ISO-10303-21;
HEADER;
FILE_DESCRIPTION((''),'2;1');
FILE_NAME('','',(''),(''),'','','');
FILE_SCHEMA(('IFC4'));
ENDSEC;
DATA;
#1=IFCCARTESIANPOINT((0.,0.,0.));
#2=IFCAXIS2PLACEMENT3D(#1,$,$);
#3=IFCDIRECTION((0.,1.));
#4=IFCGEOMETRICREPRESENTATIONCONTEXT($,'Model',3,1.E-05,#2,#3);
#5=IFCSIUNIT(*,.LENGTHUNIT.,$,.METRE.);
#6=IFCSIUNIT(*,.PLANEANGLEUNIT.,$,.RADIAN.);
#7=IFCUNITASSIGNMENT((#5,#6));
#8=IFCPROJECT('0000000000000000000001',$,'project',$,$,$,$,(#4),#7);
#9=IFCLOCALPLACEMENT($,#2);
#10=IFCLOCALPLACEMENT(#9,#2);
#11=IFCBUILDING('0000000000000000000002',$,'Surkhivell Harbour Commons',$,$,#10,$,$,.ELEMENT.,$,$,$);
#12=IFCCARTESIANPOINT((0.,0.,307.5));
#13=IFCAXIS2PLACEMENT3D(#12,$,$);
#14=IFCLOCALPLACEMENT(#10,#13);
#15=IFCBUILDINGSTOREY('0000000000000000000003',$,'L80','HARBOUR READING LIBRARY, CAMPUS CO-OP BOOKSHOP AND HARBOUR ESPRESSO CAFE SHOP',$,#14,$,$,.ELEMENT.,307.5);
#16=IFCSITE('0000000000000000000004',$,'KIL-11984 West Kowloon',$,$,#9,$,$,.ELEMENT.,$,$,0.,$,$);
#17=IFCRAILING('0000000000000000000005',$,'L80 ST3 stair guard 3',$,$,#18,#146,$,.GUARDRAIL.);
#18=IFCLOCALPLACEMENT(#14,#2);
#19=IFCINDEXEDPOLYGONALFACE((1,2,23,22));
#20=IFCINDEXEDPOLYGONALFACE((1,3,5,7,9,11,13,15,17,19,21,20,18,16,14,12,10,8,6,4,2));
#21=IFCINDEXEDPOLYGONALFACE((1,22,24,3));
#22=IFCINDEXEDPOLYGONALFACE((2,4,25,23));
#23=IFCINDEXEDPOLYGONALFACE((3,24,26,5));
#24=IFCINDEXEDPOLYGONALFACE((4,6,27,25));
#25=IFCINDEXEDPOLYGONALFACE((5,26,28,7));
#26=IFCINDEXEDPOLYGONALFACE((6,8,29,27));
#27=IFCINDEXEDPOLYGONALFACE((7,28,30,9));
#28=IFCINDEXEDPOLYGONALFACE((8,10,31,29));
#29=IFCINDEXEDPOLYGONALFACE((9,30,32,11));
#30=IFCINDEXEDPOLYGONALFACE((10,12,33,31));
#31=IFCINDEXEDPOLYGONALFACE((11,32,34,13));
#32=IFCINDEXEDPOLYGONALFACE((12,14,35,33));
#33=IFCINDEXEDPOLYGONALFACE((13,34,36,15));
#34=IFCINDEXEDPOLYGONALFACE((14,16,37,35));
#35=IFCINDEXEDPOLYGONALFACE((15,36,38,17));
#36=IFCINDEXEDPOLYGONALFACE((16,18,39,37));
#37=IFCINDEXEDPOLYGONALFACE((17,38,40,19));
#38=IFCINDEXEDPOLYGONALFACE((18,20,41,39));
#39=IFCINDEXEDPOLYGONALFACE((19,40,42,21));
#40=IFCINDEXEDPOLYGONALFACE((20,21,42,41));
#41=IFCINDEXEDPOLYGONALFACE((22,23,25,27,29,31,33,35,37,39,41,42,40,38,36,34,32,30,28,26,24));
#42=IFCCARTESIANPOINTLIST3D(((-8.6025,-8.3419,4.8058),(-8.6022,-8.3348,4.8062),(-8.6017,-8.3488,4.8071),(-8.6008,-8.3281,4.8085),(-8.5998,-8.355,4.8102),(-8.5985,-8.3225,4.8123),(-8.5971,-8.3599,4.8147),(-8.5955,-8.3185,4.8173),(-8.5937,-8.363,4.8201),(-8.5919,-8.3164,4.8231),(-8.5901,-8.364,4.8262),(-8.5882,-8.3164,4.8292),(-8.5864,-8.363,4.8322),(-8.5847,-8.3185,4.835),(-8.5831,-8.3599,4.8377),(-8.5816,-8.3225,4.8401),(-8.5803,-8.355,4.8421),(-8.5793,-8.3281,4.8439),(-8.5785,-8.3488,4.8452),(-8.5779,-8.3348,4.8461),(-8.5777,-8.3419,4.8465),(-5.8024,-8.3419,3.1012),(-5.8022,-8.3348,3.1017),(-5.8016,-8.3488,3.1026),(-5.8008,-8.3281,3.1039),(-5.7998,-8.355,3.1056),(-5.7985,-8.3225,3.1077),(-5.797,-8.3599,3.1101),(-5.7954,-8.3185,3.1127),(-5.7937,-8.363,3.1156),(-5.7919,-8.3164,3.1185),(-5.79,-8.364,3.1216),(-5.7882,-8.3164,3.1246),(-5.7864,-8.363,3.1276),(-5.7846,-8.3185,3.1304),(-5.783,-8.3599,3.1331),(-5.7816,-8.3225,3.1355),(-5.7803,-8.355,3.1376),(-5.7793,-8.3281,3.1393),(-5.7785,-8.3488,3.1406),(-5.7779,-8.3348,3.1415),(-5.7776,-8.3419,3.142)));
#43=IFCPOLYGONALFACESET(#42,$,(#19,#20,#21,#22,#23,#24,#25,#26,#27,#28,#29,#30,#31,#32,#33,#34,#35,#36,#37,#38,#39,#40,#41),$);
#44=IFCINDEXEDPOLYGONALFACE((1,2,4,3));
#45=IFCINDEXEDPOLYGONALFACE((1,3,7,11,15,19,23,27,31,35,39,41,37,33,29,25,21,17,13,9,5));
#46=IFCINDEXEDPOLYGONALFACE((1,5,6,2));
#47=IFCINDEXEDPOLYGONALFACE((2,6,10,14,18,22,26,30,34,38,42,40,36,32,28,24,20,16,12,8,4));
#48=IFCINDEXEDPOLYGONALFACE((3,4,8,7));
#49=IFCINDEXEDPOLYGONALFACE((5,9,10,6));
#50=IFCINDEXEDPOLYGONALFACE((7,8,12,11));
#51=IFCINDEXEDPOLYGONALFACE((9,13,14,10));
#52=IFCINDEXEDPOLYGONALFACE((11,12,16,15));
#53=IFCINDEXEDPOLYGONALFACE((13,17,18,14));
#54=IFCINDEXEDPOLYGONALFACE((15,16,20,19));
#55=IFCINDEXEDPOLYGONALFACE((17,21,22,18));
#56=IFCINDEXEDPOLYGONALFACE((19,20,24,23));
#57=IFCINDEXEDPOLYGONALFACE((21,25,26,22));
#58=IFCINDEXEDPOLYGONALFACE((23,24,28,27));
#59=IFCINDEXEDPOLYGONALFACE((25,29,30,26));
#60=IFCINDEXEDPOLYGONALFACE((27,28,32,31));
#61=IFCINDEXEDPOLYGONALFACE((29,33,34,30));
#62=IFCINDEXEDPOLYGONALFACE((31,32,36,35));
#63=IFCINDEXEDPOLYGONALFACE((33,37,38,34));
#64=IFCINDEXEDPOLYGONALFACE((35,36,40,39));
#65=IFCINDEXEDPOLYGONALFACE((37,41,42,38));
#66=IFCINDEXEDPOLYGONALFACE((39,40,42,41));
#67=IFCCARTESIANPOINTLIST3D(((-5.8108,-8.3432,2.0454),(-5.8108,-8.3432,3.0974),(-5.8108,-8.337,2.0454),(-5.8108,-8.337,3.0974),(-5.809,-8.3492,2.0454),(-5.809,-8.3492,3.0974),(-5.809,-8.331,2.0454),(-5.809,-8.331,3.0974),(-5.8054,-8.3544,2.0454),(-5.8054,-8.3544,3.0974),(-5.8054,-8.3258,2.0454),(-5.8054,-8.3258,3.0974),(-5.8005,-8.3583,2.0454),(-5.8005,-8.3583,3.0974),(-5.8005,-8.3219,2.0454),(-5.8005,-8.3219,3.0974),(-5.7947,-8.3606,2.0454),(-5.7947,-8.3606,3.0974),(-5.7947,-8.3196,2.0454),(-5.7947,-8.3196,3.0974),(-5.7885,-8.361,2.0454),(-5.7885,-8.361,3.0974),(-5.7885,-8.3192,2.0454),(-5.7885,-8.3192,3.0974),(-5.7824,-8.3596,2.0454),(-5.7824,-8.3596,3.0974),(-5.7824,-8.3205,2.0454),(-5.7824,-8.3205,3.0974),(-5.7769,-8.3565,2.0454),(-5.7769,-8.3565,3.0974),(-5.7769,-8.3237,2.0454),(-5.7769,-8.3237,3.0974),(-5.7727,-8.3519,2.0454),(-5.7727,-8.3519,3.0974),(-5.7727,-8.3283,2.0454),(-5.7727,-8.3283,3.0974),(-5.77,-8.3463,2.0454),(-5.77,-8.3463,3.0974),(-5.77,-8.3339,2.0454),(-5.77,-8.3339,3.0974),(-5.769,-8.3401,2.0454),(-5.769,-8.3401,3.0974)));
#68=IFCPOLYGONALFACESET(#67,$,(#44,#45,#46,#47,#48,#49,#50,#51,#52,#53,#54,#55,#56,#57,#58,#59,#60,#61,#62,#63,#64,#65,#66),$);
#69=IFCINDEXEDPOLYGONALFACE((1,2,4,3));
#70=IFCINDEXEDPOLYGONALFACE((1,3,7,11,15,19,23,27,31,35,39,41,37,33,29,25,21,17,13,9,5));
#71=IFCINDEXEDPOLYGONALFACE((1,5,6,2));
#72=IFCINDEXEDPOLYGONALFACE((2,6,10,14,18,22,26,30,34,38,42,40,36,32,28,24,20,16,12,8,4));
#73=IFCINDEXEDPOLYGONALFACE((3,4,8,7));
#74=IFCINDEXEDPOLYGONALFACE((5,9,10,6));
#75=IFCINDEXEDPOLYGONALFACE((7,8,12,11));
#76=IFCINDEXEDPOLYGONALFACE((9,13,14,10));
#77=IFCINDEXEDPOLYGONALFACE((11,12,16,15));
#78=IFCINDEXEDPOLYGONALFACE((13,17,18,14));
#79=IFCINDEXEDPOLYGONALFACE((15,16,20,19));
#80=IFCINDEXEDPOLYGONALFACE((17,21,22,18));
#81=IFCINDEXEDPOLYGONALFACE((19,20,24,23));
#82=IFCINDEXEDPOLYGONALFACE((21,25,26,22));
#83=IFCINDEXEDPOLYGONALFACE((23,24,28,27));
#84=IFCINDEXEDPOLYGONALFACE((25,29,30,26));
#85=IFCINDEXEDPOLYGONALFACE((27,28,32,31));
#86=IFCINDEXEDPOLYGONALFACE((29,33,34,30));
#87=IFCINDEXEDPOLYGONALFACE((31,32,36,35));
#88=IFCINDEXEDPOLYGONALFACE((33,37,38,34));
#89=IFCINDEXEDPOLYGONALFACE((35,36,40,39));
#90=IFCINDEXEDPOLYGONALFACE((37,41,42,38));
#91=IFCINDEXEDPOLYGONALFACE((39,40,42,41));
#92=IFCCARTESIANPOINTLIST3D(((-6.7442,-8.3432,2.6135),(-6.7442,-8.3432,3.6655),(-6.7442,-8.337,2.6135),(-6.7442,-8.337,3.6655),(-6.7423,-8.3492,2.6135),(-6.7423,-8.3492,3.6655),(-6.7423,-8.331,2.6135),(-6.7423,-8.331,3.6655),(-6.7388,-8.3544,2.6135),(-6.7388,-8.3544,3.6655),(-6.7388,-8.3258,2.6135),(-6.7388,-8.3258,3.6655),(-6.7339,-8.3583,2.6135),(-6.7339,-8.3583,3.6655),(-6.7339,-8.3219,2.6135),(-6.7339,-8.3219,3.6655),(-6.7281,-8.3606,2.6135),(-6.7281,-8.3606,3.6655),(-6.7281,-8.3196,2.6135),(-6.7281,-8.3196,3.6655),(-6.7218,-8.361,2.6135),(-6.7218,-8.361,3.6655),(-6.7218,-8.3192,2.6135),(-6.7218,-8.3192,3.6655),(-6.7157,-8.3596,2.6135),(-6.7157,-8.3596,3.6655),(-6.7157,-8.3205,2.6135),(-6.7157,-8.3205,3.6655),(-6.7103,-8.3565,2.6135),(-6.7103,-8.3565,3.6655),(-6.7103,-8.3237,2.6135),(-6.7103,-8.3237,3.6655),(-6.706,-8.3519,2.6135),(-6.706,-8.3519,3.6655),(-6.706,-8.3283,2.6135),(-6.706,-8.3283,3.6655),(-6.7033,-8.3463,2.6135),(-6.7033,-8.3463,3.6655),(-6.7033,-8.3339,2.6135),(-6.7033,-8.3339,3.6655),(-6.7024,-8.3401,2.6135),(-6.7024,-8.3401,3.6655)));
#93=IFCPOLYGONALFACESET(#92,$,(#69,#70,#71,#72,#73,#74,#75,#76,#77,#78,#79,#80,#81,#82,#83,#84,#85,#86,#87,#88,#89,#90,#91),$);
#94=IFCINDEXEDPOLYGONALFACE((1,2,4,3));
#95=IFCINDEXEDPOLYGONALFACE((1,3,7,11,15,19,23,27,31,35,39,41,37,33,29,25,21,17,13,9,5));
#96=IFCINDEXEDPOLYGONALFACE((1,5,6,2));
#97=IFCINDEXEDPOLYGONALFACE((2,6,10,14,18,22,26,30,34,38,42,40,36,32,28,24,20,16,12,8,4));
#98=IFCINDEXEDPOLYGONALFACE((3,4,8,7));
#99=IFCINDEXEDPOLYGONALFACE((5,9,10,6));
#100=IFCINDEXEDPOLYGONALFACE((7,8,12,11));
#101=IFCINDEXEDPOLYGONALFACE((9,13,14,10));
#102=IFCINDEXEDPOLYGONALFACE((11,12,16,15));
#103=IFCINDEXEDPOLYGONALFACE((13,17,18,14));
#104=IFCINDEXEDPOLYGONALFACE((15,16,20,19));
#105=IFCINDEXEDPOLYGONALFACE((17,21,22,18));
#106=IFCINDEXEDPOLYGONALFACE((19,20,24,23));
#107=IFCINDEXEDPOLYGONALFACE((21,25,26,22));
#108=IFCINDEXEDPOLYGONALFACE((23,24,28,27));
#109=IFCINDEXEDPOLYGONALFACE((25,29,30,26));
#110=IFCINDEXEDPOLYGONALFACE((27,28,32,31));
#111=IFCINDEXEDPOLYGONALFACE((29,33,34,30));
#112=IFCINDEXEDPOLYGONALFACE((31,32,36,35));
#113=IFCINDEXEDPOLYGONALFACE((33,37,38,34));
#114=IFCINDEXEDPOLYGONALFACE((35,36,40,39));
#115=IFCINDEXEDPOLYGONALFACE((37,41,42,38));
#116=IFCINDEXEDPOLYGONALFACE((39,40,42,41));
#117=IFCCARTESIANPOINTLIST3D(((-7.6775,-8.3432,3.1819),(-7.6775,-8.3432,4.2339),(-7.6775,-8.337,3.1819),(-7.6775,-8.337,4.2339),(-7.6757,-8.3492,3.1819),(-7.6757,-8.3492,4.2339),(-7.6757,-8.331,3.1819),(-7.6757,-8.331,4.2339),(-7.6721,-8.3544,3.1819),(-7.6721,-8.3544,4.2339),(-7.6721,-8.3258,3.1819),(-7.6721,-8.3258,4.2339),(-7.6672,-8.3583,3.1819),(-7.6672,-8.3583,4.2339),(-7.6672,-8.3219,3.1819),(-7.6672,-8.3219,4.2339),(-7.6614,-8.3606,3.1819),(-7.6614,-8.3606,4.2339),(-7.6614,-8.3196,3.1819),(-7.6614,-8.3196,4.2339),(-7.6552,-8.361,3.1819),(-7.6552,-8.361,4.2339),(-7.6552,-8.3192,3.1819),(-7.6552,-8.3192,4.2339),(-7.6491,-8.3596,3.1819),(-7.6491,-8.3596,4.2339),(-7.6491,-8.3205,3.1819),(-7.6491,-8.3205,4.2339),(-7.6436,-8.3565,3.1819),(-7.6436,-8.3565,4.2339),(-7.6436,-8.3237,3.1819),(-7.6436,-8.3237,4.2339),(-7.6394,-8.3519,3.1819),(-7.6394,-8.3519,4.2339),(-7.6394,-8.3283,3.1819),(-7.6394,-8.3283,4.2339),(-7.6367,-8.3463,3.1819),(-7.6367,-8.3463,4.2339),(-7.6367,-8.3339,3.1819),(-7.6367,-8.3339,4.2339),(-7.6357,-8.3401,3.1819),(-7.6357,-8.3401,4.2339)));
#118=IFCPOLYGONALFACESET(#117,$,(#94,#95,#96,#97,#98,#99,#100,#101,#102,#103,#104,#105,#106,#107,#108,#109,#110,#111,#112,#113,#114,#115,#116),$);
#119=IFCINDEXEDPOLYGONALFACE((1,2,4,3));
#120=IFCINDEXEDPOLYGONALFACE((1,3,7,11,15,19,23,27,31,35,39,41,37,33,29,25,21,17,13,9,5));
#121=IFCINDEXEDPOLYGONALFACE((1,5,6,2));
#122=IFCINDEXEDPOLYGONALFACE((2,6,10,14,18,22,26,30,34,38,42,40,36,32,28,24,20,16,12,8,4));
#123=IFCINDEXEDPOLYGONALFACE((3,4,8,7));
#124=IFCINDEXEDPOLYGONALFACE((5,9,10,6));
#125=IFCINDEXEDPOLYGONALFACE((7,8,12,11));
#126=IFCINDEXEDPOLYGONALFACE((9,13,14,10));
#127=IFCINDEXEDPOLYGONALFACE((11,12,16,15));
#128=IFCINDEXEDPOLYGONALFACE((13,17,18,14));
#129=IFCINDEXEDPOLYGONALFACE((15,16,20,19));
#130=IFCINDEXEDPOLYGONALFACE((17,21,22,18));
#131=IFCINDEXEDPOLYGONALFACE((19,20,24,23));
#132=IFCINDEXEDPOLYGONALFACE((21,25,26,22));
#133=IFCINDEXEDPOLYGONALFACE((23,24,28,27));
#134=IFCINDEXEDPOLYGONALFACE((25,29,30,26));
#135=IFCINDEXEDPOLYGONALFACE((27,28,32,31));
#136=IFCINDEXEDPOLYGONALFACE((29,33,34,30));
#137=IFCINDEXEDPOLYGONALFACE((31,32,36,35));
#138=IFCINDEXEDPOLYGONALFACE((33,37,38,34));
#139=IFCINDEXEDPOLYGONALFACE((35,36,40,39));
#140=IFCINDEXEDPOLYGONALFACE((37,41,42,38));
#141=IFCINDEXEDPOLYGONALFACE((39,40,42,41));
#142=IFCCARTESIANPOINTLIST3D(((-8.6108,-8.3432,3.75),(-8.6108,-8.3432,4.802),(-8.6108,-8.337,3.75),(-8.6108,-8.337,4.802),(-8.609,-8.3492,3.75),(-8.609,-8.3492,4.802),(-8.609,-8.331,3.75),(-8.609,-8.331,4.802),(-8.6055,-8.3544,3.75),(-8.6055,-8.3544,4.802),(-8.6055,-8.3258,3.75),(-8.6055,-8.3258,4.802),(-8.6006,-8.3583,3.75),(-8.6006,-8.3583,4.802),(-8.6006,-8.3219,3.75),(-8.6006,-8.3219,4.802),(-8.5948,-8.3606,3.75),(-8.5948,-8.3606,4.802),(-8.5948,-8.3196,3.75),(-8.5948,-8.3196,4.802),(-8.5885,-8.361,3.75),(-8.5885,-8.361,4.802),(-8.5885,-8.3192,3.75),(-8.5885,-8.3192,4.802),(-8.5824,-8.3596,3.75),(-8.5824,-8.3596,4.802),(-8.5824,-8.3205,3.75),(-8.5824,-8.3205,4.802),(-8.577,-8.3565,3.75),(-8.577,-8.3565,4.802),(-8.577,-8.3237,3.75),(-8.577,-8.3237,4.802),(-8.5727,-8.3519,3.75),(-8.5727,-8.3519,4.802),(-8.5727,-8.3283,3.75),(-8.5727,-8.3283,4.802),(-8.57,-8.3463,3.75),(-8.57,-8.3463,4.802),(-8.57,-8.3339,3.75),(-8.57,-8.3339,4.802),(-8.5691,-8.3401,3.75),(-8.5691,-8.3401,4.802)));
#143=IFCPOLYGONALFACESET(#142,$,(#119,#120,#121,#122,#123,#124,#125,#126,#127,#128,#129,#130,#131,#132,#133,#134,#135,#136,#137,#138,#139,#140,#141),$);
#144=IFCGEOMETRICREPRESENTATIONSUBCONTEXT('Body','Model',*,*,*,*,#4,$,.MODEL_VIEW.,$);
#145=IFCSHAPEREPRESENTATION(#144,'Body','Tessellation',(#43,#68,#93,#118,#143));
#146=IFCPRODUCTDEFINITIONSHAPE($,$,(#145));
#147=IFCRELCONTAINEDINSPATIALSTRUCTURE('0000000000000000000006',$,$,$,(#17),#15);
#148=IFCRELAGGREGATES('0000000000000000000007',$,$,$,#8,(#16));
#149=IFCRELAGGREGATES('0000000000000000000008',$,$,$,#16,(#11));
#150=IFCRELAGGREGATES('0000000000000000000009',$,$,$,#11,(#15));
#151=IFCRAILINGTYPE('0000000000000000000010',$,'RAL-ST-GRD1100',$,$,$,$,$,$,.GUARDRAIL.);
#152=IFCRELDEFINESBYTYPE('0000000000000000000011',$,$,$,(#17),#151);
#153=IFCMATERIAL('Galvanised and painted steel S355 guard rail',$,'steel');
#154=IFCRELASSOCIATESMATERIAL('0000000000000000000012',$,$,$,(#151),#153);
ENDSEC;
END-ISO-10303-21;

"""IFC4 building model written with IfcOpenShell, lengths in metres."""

from ifc_helpers import new_model, si_unit, direction, frame, origin, origin_2d, place, context, subcontext, project, spatial, circle, extrude, material, type_object, element, save


model = new_model("IFC4")

# Units and contexts
model_context = context("Model", 3, precision=1e-05, world=origin(), true_north=direction((0.0, 1.0)))
body_context = subcontext(model_context, "Body", "Model", "MODEL_VIEW")
ifc_project = project(units=[si_unit("LENGTHUNIT", "METRE"), si_unit("PLANEANGLEUNIT", "RADIAN")], contexts=[model_context])

# Site, building, storey
site_placement = place(None, origin())
site = spatial("IfcSite", under=ifc_project, at=site_placement, Name="KIL-11984 West Kowloon", CompositionType="ELEMENT", RefElevation=0.0)
building_placement = place(site_placement, origin())
building = spatial("IfcBuilding", under=site, at=building_placement, Name="Surkhivell Harbour Commons", CompositionType="ELEMENT")
storey_placement = place(building_placement, frame((0.0, 0.0, 307.5)))
storey = spatial("IfcBuildingStorey", under=building, at=storey_placement, Name="L80", Description="HARBOUR READING LIBRARY, CAMPUS CO-OP BOOKSHOP AND HARBOUR ESPRESSO CAFE SHOP", CompositionType="ELEMENT", Elevation=307.5)

# Railing
ifc_material_1 = material(Name="Galvanised and painted steel S355 guard rail", Category="steel")
railing_type_1 = type_object("IfcRailingType", Name="RAL-ST-GRD1100", PredefinedType="GUARDRAIL", material=ifc_material_1)
railing_1_placement = place(storey_placement, frame((-5.79, -8.3401, 2.0454)))
element("IfcRailing", 1, at=railing_1_placement, inside=storey, type_object=railing_type_1, Name="L80 ST3 stair guard 3", PredefinedType="GUARDRAIL", context=body_context, shape_type="SweptSolid", body=[
    extrude(circle(Radius=0.0239, at=origin_2d()), frame((0.0, 0.0, 1.0762), z_axis=(-0.85417, 0.0, 0.519994), x_axis=(0.0, -1.0, 0.0)), (0.0, 0.0, 1.0), 3.2781),
    extrude(circle(Radius=0.021, at=origin_2d()), origin(), (0.0, 0.0, 1.0), 1.052),
    extrude(circle(Radius=0.021, at=origin_2d()), frame((-0.9333, 0.0, 0.5681)), (0.0, 0.0, 1.0), 1.052),
    extrude(circle(Radius=0.021, at=origin_2d()), frame((-1.8667, 0.0, 1.1365)), (0.0, 0.0, 1.0), 1.052),
    extrude(circle(Radius=0.021, at=origin_2d()), frame((-2.8, 0.0, 1.7046)), (0.0, 0.0, 1.0), 1.052),
])

save(model, "model.ifc")
